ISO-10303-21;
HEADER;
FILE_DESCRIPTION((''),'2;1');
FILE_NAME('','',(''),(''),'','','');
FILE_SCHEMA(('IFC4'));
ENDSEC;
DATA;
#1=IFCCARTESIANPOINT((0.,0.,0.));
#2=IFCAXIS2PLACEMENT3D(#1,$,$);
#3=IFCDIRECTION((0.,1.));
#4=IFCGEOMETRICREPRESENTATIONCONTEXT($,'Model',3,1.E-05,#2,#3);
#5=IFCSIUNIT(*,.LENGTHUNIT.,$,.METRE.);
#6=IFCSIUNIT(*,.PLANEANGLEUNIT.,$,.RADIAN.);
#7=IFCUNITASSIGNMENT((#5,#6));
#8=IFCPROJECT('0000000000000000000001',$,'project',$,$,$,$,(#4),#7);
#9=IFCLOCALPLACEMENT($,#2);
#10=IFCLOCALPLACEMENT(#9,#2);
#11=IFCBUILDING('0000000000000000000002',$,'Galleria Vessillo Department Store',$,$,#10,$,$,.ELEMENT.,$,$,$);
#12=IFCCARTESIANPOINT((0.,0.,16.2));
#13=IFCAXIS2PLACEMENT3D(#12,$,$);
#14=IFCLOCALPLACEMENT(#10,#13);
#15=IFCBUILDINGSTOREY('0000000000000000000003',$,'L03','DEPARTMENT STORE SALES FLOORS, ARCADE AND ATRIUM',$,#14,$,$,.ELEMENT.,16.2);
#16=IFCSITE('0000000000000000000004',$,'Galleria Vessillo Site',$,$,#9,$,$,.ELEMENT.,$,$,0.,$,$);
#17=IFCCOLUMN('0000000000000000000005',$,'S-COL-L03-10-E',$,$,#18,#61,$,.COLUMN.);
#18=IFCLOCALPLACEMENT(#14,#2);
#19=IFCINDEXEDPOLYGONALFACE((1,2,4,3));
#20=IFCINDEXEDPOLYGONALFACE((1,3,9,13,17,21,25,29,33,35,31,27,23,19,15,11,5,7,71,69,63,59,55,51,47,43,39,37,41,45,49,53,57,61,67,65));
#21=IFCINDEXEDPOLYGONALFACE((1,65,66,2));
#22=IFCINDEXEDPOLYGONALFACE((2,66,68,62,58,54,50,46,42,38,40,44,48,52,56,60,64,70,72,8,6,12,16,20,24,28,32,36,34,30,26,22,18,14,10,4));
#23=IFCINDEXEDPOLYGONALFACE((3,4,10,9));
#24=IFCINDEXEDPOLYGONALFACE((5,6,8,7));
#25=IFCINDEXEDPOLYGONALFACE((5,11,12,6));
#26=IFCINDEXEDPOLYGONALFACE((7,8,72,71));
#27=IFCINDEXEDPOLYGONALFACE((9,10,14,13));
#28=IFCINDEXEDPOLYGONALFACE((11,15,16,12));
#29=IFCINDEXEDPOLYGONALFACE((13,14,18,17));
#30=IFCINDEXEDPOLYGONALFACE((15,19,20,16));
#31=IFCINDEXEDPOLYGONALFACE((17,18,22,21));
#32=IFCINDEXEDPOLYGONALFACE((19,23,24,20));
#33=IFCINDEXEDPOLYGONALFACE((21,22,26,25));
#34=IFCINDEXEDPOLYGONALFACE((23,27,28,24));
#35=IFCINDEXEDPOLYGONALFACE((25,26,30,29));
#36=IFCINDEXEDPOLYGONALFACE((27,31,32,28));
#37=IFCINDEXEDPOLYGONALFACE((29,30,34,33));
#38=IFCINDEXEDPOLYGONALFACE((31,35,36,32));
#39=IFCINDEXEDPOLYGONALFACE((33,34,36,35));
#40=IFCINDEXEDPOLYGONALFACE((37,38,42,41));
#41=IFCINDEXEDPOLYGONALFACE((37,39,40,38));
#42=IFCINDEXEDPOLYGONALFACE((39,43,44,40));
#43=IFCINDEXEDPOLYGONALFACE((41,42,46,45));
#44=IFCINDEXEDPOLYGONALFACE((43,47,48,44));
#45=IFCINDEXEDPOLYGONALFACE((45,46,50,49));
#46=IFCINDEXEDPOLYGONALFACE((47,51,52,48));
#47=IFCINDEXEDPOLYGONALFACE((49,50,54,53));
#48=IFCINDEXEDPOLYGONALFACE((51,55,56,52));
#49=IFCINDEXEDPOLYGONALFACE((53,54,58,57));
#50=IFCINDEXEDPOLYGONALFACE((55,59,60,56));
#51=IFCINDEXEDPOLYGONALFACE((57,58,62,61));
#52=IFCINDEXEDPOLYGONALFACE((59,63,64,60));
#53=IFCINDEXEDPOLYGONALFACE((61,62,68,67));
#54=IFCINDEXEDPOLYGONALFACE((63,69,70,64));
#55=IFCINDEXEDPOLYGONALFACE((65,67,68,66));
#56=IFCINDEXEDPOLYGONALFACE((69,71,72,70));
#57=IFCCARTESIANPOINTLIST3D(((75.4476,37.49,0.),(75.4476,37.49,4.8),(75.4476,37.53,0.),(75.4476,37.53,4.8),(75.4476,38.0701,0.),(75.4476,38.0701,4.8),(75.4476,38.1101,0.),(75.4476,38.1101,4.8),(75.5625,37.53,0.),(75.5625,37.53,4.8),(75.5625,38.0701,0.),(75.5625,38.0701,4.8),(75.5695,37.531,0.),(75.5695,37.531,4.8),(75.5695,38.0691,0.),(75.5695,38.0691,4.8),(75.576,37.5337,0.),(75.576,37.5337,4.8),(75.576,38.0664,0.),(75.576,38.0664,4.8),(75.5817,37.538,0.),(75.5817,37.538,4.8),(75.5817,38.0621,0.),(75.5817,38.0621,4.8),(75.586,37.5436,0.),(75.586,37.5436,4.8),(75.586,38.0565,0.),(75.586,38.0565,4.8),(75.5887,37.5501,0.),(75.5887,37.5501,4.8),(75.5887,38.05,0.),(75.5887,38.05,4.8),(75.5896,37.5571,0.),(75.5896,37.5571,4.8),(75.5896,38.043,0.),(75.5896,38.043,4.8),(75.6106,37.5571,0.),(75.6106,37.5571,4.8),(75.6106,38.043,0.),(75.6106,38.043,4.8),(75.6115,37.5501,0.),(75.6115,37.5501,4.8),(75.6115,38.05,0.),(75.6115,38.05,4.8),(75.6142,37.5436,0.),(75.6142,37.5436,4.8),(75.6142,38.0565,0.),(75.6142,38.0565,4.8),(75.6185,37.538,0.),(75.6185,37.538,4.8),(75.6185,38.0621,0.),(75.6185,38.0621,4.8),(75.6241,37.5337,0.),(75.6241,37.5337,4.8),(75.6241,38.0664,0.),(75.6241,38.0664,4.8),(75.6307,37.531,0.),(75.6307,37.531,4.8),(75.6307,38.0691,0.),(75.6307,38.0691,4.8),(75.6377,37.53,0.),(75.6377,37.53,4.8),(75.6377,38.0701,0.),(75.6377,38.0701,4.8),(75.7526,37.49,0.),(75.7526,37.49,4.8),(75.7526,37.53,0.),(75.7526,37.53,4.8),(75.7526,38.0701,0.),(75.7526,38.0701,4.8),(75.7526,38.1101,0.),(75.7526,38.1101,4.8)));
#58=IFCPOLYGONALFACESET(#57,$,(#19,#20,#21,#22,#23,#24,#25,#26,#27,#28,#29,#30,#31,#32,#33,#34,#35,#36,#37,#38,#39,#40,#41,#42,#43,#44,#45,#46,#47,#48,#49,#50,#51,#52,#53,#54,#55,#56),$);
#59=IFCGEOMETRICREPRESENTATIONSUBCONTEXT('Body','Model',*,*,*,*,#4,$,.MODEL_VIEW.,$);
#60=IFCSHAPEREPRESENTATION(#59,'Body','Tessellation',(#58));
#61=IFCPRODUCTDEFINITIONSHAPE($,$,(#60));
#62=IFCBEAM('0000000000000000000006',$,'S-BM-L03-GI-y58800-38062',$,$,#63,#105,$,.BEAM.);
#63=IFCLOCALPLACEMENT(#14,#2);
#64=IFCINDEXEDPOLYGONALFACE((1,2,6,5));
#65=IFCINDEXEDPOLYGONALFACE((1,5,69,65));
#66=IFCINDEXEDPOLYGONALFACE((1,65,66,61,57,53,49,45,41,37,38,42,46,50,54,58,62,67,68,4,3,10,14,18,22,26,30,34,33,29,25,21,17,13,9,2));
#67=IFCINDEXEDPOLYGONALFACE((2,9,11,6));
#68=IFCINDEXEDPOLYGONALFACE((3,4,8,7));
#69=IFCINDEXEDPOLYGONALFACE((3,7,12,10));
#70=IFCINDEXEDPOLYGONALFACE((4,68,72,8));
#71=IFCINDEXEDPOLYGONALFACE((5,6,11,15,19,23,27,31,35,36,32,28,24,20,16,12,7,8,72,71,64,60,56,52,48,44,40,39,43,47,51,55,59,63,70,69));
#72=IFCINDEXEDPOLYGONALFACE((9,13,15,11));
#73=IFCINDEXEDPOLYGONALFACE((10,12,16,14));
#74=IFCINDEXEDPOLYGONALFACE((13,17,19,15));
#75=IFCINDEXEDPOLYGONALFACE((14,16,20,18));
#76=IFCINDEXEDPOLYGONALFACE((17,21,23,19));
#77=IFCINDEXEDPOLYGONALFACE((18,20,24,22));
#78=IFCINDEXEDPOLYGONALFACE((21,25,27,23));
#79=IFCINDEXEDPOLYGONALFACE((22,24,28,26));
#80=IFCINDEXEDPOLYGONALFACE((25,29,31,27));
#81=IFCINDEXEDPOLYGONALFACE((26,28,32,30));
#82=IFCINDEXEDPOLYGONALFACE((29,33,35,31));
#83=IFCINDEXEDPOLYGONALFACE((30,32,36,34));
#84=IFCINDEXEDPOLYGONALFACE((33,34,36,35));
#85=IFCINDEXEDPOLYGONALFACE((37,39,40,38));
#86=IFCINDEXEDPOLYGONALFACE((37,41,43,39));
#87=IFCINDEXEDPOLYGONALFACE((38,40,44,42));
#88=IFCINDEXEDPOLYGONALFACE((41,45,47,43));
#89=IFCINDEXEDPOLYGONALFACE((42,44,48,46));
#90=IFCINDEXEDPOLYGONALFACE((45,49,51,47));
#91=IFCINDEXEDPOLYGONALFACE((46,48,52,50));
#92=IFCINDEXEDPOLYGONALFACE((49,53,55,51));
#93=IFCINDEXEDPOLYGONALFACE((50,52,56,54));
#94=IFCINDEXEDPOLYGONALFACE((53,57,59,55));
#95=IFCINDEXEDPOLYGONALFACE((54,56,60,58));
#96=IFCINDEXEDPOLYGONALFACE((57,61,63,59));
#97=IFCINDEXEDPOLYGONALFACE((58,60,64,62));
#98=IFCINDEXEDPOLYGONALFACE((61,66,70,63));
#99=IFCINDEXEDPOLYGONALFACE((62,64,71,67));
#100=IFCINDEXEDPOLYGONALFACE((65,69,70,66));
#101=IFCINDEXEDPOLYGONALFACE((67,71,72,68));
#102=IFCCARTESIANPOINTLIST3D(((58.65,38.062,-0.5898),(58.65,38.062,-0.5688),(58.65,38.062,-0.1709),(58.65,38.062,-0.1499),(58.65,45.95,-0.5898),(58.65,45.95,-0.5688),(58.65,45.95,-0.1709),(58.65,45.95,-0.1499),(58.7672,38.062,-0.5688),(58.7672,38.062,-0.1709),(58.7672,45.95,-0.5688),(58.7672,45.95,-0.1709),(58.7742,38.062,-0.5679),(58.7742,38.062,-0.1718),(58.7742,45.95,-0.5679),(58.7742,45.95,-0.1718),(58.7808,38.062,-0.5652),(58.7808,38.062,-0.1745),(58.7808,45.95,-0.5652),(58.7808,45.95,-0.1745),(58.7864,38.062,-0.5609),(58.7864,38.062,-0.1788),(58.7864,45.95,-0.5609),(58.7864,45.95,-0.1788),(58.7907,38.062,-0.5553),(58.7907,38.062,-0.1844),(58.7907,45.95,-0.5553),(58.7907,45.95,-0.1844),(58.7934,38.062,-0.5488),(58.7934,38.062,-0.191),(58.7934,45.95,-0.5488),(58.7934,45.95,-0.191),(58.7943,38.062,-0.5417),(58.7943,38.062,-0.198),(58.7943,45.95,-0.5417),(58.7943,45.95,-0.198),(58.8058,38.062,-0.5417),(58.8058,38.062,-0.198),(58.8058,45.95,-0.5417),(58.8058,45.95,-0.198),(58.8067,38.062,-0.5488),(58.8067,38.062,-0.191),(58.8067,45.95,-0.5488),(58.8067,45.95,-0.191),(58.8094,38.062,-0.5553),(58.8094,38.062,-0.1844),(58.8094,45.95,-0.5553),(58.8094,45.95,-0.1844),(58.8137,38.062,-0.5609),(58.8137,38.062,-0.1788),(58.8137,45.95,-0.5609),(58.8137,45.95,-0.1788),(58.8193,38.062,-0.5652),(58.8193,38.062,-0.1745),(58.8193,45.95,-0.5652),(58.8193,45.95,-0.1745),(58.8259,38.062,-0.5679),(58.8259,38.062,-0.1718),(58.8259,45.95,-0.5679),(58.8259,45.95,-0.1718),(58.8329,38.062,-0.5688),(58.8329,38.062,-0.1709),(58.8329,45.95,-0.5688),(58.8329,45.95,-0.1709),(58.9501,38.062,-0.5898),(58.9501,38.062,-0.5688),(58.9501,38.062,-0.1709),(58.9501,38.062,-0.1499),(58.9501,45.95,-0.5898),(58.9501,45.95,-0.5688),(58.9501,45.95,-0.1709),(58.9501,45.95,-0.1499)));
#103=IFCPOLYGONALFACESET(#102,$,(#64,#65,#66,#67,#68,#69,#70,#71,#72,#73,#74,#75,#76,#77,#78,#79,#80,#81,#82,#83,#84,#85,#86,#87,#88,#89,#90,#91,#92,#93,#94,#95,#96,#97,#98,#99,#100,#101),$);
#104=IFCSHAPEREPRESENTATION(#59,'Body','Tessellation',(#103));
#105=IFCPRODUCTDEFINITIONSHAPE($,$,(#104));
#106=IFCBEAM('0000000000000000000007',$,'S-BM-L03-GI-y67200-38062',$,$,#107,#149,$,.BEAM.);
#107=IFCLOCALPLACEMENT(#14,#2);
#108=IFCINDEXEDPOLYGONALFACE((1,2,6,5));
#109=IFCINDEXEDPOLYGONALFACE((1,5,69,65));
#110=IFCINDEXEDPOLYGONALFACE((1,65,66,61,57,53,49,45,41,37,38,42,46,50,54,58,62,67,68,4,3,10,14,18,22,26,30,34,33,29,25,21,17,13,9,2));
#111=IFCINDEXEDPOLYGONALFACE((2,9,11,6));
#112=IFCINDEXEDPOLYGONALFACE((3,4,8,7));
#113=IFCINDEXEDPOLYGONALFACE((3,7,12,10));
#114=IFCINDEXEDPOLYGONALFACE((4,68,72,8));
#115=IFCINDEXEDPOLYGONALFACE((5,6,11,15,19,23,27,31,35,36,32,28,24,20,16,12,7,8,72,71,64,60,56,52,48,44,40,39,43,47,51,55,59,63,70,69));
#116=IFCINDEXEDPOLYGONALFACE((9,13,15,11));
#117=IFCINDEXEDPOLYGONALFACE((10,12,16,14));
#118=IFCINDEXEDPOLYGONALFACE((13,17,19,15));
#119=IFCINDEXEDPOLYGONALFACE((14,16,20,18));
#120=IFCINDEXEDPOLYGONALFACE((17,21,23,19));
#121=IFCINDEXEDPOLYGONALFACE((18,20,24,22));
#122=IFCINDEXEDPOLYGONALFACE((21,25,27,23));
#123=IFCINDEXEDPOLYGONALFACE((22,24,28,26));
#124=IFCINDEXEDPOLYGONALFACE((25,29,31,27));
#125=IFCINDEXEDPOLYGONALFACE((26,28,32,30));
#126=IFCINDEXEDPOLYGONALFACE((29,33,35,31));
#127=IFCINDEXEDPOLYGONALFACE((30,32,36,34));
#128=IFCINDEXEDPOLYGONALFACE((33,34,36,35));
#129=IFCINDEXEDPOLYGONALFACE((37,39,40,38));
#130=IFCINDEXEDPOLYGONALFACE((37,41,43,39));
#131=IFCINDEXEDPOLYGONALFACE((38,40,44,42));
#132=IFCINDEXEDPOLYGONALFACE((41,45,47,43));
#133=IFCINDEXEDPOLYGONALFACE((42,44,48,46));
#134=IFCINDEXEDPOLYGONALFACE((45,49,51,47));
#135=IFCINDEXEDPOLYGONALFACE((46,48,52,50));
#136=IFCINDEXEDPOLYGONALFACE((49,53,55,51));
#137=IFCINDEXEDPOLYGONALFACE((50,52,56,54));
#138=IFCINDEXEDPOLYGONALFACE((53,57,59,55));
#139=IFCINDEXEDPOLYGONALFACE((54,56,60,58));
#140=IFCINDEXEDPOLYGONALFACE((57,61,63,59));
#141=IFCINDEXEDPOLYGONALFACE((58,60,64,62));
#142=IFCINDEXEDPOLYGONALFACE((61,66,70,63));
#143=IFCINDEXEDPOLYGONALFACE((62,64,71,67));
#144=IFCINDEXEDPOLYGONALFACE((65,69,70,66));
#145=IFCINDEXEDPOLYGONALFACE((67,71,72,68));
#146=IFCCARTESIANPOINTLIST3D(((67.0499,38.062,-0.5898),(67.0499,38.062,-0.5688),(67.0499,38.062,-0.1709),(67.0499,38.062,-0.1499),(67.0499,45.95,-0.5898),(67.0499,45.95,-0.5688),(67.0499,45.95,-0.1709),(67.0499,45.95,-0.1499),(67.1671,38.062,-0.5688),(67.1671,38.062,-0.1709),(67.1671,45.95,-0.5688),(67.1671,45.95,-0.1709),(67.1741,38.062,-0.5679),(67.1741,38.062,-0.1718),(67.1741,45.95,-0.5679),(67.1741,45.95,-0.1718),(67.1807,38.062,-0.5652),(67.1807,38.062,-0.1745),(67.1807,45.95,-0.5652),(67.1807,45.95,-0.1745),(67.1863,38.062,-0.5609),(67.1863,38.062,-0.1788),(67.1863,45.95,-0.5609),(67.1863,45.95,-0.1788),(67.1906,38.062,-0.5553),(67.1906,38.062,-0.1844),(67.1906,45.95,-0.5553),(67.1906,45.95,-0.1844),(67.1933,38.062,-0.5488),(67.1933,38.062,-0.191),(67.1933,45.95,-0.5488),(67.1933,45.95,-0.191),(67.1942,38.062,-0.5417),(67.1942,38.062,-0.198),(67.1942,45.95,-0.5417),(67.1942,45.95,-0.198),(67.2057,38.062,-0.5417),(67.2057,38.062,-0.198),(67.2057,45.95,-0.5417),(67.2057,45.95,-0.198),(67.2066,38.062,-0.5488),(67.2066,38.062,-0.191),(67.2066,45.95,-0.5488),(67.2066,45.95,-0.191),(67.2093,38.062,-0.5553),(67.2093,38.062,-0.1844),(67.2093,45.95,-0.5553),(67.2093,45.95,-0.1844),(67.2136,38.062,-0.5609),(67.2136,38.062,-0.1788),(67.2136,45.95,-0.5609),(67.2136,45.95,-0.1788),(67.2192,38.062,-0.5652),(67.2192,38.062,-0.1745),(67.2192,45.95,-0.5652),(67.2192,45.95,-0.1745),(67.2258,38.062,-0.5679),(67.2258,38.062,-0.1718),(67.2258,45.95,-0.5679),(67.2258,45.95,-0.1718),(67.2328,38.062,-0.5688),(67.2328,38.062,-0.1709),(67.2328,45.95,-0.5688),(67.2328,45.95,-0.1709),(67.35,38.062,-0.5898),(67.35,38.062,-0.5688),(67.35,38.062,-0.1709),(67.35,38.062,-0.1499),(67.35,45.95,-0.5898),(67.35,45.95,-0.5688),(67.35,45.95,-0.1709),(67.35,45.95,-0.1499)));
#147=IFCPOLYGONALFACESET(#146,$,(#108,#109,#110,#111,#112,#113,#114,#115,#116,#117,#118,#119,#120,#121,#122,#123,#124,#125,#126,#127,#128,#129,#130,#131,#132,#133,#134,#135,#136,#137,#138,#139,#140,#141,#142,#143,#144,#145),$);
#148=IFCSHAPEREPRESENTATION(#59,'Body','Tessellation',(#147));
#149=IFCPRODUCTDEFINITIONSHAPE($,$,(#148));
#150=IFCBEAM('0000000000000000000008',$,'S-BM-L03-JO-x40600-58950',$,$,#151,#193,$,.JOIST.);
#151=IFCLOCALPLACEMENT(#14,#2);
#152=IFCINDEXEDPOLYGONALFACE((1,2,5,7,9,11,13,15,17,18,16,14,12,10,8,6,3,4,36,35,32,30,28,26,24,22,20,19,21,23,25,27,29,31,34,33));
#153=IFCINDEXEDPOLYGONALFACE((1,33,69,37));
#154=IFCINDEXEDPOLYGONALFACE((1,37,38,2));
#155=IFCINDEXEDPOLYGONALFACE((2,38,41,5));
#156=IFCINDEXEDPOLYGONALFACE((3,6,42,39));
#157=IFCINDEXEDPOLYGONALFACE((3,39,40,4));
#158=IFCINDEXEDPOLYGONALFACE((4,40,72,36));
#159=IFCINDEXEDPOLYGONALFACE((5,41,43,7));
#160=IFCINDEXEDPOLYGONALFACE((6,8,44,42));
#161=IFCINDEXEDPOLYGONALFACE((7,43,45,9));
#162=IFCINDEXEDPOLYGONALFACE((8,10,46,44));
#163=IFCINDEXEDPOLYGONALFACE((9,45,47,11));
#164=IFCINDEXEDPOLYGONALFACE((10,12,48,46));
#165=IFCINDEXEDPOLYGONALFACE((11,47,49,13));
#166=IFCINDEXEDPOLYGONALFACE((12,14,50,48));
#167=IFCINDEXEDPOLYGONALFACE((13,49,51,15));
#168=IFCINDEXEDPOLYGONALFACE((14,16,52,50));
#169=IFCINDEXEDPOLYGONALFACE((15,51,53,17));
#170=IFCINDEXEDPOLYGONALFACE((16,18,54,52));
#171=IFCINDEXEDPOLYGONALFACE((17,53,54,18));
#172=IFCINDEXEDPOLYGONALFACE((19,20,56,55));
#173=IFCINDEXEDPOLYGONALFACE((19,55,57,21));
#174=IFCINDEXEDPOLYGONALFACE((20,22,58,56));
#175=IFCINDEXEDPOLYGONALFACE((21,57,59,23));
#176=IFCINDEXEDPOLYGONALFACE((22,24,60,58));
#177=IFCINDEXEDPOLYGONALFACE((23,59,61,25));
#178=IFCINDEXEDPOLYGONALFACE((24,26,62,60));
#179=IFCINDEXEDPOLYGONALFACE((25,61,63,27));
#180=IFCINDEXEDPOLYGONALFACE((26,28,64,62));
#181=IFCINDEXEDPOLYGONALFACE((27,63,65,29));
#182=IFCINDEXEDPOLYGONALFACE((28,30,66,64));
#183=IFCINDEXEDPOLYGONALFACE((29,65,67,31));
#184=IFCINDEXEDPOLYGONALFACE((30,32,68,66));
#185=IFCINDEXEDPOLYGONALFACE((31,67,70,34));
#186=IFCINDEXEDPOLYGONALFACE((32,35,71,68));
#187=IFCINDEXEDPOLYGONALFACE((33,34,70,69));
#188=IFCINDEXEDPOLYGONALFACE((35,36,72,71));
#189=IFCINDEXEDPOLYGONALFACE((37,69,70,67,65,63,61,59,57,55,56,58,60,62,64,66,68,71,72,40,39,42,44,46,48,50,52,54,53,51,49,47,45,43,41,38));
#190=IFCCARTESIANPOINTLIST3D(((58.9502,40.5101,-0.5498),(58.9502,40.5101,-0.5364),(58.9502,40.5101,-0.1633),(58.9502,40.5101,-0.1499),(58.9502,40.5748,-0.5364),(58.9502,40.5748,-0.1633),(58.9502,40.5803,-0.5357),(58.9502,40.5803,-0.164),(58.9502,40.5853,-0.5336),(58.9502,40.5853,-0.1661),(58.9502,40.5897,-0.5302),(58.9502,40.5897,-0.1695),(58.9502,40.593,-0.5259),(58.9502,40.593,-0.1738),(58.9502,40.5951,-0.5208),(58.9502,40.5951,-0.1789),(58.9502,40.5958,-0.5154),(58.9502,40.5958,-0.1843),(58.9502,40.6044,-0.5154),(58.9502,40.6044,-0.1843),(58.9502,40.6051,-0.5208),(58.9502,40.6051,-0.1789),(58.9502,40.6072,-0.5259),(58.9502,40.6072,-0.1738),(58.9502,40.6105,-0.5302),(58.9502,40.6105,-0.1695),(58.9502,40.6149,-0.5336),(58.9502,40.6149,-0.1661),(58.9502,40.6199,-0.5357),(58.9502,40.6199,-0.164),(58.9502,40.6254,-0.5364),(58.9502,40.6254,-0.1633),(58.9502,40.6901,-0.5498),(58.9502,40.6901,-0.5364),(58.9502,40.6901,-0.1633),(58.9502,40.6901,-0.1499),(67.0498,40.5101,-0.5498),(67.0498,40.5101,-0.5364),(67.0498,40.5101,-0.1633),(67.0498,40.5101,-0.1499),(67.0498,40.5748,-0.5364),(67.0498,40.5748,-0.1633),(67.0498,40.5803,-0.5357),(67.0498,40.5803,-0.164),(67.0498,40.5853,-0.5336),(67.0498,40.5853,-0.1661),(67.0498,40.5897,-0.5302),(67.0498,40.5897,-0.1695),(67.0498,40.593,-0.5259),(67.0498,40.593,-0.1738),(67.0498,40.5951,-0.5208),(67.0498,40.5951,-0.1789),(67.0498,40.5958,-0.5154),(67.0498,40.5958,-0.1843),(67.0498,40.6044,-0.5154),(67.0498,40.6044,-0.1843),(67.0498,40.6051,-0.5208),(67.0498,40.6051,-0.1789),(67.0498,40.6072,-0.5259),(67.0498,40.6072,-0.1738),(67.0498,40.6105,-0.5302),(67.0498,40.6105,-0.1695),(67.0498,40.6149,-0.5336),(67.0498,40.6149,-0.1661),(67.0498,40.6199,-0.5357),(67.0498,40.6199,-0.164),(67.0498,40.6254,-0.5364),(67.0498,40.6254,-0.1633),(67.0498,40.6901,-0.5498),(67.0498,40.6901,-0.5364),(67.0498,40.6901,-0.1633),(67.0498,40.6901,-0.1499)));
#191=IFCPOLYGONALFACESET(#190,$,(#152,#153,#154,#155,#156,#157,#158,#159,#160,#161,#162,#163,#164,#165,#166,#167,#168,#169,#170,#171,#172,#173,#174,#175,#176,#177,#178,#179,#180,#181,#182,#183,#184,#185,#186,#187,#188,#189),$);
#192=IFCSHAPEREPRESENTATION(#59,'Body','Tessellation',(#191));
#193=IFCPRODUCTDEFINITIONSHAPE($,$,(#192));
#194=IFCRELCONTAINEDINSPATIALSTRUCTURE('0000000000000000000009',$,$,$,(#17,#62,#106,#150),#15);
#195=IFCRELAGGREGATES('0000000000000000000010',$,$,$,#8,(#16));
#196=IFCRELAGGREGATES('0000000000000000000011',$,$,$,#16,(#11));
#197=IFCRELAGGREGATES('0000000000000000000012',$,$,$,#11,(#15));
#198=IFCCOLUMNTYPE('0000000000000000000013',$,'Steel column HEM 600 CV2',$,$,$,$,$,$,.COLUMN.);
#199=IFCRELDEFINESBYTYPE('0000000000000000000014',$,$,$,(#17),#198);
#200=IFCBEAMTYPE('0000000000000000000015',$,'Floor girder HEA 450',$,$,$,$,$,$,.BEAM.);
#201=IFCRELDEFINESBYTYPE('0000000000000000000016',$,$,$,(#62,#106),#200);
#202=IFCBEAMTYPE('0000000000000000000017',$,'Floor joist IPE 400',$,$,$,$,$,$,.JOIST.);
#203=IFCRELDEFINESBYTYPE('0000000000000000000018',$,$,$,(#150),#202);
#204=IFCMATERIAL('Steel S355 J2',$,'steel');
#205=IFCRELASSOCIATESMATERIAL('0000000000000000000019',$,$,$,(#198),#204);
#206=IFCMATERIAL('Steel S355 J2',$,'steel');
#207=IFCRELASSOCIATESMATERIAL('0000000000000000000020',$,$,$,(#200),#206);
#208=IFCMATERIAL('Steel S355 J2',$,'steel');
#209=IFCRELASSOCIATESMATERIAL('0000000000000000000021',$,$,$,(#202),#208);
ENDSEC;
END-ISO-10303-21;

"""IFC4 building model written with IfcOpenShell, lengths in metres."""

from ifc_helpers import new_model, si_unit, direction, frame, origin, origin_2d, place, context, subcontext, project, spatial, i_section, extrude, material, material_profile, profile_set, type_object, element, save


model = new_model("IFC4")

# Units and contexts
model_context = context("Model", 3, precision=1e-05, world=origin(), true_north=direction((0.0, 1.0)))
body_context = subcontext(model_context, "Body", "Model", "MODEL_VIEW")
ifc_project = project(units=[si_unit("LENGTHUNIT", "METRE"), si_unit("PLANEANGLEUNIT", "RADIAN")], contexts=[model_context])

# Site, building, storey
site_placement = place(None, origin())
site = spatial("IfcSite", under=ifc_project, at=site_placement, Name="Galleria Vessillo Site", CompositionType="ELEMENT", RefElevation=0.0)
building_placement = place(site_placement, origin())
building = spatial("IfcBuilding", under=site, at=building_placement, Name="Galleria Vessillo Department Store", CompositionType="ELEMENT")
storey_placement = place(building_placement, frame((0.0, 0.0, 16.2)))
storey = spatial("IfcBuildingStorey", under=building, at=storey_placement, Name="L03", Description="DEPARTMENT STORE SALES FLOORS, ARCADE AND ATRIUM", CompositionType="ELEMENT", Elevation=16.2)

# Column
ifc_material_1 = material(Name="Steel S355 J2", Category="steel")
ifc_material_profile_1 = material_profile(ifc_material_1, i_section(OverallWidth=0.3049, OverallDepth=0.6201, WebThickness=0.021, FlangeThickness=0.04, FilletRadius=0.0271, at=origin_2d()), Name="HEM 600")
ifc_profile_set_1 = profile_set([ifc_material_profile_1], Name="Steel S355 J2")
column_type_1 = type_object("IfcColumnType", Name="Steel column HEM 600 CV2", PredefinedType="COLUMN", material=ifc_profile_set_1)
column_placement = place(storey_placement, frame((75.6001, 37.8, 0.0), z_axis=(0.0, 0.0, 1.0), x_axis=(1.0, 0.0, 0.0)))
element("IfcColumn", 1, at=column_placement, inside=storey, type_object=column_type_1, Name="S-COL-L03-10-E", PredefinedType="COLUMN", context=body_context, shape_type="SweptSolid", body=[
    extrude(i_section(OverallWidth=0.3049, OverallDepth=0.6201, WebThickness=0.021, FlangeThickness=0.04, FilletRadius=0.0271, at=origin_2d()), origin(), (0.0, 0.0, 1.0), 4.8),
])

# Beams
ifc_material_2 = material(Name="Steel S355 J2", Category="steel")
ifc_material_profile_2 = material_profile(ifc_material_2, i_section(OverallWidth=0.3, OverallDepth=0.4399, WebThickness=0.0115, FlangeThickness=0.021, FilletRadius=0.0271, at=origin_2d()), Name="HEA 450")
ifc_profile_set_2 = profile_set([ifc_material_profile_2], Name="Steel S355 J2")
beam_type_1 = type_object("IfcBeamType", Name="Floor girder HEA 450", PredefinedType="BEAM", material=ifc_profile_set_2)
for number, where, z_axis, x_axis, name in (
    (2, (58.8, 38.062, -0.3699), (0.0, 1.0, 0.0), (-1.0, 0.0, 0.0), "S-BM-L03-GI-y58800-38062"),
    (3, (67.2, 38.062, -0.3699), (0.0, 1.0, 0.0), (-1.0, 0.0, 0.0), "S-BM-L03-GI-y67200-38062"),
):
    element("IfcBeam", number, at=place(storey_placement, frame(where, z_axis=z_axis, x_axis=x_axis)), inside=storey, type_object=beam_type_1, Name=name, PredefinedType="BEAM", context=body_context, shape_type="SweptSolid", body=[
        extrude(i_section(OverallWidth=0.3, OverallDepth=0.4399, WebThickness=0.0115, FlangeThickness=0.021, FilletRadius=0.0271, at=origin_2d()), origin(), (0.0, 0.0, 1.0), 7.8879),
    ])
ifc_material_3 = material(Name="Steel S355 J2", Category="steel")
ifc_material_profile_3 = material_profile(ifc_material_3, i_section(OverallWidth=0.1799, OverallDepth=0.3999, WebThickness=0.0085, FlangeThickness=0.0134, FilletRadius=0.021, at=origin_2d()), Name="IPE 400")
ifc_profile_set_3 = profile_set([ifc_material_profile_3], Name="Steel S355 J2")
beam_type_2 = type_object("IfcBeamType", Name="Floor joist IPE 400", PredefinedType="JOIST", material=ifc_profile_set_3)
for number, where, z_axis, x_axis, name in (
    (4, (58.9502, 40.6001, -0.3499), (1.0, 0.0, 0.0), (0.0, 1.0, 0.0), "S-BM-L03-JO-x40600-58950"),
):
    element("IfcBeam", number, at=place(storey_placement, frame(where, z_axis=z_axis, x_axis=x_axis)), inside=storey, type_object=beam_type_2, Name=name, PredefinedType="JOIST", context=body_context, shape_type="SweptSolid", body=[
        extrude(i_section(OverallWidth=0.1799, OverallDepth=0.3999, WebThickness=0.0085, FlangeThickness=0.0134, FilletRadius=0.021, at=origin_2d()), origin(), (0.0, 0.0, 1.0), 8.0996),
    ])

save(model, "model.ifc")
